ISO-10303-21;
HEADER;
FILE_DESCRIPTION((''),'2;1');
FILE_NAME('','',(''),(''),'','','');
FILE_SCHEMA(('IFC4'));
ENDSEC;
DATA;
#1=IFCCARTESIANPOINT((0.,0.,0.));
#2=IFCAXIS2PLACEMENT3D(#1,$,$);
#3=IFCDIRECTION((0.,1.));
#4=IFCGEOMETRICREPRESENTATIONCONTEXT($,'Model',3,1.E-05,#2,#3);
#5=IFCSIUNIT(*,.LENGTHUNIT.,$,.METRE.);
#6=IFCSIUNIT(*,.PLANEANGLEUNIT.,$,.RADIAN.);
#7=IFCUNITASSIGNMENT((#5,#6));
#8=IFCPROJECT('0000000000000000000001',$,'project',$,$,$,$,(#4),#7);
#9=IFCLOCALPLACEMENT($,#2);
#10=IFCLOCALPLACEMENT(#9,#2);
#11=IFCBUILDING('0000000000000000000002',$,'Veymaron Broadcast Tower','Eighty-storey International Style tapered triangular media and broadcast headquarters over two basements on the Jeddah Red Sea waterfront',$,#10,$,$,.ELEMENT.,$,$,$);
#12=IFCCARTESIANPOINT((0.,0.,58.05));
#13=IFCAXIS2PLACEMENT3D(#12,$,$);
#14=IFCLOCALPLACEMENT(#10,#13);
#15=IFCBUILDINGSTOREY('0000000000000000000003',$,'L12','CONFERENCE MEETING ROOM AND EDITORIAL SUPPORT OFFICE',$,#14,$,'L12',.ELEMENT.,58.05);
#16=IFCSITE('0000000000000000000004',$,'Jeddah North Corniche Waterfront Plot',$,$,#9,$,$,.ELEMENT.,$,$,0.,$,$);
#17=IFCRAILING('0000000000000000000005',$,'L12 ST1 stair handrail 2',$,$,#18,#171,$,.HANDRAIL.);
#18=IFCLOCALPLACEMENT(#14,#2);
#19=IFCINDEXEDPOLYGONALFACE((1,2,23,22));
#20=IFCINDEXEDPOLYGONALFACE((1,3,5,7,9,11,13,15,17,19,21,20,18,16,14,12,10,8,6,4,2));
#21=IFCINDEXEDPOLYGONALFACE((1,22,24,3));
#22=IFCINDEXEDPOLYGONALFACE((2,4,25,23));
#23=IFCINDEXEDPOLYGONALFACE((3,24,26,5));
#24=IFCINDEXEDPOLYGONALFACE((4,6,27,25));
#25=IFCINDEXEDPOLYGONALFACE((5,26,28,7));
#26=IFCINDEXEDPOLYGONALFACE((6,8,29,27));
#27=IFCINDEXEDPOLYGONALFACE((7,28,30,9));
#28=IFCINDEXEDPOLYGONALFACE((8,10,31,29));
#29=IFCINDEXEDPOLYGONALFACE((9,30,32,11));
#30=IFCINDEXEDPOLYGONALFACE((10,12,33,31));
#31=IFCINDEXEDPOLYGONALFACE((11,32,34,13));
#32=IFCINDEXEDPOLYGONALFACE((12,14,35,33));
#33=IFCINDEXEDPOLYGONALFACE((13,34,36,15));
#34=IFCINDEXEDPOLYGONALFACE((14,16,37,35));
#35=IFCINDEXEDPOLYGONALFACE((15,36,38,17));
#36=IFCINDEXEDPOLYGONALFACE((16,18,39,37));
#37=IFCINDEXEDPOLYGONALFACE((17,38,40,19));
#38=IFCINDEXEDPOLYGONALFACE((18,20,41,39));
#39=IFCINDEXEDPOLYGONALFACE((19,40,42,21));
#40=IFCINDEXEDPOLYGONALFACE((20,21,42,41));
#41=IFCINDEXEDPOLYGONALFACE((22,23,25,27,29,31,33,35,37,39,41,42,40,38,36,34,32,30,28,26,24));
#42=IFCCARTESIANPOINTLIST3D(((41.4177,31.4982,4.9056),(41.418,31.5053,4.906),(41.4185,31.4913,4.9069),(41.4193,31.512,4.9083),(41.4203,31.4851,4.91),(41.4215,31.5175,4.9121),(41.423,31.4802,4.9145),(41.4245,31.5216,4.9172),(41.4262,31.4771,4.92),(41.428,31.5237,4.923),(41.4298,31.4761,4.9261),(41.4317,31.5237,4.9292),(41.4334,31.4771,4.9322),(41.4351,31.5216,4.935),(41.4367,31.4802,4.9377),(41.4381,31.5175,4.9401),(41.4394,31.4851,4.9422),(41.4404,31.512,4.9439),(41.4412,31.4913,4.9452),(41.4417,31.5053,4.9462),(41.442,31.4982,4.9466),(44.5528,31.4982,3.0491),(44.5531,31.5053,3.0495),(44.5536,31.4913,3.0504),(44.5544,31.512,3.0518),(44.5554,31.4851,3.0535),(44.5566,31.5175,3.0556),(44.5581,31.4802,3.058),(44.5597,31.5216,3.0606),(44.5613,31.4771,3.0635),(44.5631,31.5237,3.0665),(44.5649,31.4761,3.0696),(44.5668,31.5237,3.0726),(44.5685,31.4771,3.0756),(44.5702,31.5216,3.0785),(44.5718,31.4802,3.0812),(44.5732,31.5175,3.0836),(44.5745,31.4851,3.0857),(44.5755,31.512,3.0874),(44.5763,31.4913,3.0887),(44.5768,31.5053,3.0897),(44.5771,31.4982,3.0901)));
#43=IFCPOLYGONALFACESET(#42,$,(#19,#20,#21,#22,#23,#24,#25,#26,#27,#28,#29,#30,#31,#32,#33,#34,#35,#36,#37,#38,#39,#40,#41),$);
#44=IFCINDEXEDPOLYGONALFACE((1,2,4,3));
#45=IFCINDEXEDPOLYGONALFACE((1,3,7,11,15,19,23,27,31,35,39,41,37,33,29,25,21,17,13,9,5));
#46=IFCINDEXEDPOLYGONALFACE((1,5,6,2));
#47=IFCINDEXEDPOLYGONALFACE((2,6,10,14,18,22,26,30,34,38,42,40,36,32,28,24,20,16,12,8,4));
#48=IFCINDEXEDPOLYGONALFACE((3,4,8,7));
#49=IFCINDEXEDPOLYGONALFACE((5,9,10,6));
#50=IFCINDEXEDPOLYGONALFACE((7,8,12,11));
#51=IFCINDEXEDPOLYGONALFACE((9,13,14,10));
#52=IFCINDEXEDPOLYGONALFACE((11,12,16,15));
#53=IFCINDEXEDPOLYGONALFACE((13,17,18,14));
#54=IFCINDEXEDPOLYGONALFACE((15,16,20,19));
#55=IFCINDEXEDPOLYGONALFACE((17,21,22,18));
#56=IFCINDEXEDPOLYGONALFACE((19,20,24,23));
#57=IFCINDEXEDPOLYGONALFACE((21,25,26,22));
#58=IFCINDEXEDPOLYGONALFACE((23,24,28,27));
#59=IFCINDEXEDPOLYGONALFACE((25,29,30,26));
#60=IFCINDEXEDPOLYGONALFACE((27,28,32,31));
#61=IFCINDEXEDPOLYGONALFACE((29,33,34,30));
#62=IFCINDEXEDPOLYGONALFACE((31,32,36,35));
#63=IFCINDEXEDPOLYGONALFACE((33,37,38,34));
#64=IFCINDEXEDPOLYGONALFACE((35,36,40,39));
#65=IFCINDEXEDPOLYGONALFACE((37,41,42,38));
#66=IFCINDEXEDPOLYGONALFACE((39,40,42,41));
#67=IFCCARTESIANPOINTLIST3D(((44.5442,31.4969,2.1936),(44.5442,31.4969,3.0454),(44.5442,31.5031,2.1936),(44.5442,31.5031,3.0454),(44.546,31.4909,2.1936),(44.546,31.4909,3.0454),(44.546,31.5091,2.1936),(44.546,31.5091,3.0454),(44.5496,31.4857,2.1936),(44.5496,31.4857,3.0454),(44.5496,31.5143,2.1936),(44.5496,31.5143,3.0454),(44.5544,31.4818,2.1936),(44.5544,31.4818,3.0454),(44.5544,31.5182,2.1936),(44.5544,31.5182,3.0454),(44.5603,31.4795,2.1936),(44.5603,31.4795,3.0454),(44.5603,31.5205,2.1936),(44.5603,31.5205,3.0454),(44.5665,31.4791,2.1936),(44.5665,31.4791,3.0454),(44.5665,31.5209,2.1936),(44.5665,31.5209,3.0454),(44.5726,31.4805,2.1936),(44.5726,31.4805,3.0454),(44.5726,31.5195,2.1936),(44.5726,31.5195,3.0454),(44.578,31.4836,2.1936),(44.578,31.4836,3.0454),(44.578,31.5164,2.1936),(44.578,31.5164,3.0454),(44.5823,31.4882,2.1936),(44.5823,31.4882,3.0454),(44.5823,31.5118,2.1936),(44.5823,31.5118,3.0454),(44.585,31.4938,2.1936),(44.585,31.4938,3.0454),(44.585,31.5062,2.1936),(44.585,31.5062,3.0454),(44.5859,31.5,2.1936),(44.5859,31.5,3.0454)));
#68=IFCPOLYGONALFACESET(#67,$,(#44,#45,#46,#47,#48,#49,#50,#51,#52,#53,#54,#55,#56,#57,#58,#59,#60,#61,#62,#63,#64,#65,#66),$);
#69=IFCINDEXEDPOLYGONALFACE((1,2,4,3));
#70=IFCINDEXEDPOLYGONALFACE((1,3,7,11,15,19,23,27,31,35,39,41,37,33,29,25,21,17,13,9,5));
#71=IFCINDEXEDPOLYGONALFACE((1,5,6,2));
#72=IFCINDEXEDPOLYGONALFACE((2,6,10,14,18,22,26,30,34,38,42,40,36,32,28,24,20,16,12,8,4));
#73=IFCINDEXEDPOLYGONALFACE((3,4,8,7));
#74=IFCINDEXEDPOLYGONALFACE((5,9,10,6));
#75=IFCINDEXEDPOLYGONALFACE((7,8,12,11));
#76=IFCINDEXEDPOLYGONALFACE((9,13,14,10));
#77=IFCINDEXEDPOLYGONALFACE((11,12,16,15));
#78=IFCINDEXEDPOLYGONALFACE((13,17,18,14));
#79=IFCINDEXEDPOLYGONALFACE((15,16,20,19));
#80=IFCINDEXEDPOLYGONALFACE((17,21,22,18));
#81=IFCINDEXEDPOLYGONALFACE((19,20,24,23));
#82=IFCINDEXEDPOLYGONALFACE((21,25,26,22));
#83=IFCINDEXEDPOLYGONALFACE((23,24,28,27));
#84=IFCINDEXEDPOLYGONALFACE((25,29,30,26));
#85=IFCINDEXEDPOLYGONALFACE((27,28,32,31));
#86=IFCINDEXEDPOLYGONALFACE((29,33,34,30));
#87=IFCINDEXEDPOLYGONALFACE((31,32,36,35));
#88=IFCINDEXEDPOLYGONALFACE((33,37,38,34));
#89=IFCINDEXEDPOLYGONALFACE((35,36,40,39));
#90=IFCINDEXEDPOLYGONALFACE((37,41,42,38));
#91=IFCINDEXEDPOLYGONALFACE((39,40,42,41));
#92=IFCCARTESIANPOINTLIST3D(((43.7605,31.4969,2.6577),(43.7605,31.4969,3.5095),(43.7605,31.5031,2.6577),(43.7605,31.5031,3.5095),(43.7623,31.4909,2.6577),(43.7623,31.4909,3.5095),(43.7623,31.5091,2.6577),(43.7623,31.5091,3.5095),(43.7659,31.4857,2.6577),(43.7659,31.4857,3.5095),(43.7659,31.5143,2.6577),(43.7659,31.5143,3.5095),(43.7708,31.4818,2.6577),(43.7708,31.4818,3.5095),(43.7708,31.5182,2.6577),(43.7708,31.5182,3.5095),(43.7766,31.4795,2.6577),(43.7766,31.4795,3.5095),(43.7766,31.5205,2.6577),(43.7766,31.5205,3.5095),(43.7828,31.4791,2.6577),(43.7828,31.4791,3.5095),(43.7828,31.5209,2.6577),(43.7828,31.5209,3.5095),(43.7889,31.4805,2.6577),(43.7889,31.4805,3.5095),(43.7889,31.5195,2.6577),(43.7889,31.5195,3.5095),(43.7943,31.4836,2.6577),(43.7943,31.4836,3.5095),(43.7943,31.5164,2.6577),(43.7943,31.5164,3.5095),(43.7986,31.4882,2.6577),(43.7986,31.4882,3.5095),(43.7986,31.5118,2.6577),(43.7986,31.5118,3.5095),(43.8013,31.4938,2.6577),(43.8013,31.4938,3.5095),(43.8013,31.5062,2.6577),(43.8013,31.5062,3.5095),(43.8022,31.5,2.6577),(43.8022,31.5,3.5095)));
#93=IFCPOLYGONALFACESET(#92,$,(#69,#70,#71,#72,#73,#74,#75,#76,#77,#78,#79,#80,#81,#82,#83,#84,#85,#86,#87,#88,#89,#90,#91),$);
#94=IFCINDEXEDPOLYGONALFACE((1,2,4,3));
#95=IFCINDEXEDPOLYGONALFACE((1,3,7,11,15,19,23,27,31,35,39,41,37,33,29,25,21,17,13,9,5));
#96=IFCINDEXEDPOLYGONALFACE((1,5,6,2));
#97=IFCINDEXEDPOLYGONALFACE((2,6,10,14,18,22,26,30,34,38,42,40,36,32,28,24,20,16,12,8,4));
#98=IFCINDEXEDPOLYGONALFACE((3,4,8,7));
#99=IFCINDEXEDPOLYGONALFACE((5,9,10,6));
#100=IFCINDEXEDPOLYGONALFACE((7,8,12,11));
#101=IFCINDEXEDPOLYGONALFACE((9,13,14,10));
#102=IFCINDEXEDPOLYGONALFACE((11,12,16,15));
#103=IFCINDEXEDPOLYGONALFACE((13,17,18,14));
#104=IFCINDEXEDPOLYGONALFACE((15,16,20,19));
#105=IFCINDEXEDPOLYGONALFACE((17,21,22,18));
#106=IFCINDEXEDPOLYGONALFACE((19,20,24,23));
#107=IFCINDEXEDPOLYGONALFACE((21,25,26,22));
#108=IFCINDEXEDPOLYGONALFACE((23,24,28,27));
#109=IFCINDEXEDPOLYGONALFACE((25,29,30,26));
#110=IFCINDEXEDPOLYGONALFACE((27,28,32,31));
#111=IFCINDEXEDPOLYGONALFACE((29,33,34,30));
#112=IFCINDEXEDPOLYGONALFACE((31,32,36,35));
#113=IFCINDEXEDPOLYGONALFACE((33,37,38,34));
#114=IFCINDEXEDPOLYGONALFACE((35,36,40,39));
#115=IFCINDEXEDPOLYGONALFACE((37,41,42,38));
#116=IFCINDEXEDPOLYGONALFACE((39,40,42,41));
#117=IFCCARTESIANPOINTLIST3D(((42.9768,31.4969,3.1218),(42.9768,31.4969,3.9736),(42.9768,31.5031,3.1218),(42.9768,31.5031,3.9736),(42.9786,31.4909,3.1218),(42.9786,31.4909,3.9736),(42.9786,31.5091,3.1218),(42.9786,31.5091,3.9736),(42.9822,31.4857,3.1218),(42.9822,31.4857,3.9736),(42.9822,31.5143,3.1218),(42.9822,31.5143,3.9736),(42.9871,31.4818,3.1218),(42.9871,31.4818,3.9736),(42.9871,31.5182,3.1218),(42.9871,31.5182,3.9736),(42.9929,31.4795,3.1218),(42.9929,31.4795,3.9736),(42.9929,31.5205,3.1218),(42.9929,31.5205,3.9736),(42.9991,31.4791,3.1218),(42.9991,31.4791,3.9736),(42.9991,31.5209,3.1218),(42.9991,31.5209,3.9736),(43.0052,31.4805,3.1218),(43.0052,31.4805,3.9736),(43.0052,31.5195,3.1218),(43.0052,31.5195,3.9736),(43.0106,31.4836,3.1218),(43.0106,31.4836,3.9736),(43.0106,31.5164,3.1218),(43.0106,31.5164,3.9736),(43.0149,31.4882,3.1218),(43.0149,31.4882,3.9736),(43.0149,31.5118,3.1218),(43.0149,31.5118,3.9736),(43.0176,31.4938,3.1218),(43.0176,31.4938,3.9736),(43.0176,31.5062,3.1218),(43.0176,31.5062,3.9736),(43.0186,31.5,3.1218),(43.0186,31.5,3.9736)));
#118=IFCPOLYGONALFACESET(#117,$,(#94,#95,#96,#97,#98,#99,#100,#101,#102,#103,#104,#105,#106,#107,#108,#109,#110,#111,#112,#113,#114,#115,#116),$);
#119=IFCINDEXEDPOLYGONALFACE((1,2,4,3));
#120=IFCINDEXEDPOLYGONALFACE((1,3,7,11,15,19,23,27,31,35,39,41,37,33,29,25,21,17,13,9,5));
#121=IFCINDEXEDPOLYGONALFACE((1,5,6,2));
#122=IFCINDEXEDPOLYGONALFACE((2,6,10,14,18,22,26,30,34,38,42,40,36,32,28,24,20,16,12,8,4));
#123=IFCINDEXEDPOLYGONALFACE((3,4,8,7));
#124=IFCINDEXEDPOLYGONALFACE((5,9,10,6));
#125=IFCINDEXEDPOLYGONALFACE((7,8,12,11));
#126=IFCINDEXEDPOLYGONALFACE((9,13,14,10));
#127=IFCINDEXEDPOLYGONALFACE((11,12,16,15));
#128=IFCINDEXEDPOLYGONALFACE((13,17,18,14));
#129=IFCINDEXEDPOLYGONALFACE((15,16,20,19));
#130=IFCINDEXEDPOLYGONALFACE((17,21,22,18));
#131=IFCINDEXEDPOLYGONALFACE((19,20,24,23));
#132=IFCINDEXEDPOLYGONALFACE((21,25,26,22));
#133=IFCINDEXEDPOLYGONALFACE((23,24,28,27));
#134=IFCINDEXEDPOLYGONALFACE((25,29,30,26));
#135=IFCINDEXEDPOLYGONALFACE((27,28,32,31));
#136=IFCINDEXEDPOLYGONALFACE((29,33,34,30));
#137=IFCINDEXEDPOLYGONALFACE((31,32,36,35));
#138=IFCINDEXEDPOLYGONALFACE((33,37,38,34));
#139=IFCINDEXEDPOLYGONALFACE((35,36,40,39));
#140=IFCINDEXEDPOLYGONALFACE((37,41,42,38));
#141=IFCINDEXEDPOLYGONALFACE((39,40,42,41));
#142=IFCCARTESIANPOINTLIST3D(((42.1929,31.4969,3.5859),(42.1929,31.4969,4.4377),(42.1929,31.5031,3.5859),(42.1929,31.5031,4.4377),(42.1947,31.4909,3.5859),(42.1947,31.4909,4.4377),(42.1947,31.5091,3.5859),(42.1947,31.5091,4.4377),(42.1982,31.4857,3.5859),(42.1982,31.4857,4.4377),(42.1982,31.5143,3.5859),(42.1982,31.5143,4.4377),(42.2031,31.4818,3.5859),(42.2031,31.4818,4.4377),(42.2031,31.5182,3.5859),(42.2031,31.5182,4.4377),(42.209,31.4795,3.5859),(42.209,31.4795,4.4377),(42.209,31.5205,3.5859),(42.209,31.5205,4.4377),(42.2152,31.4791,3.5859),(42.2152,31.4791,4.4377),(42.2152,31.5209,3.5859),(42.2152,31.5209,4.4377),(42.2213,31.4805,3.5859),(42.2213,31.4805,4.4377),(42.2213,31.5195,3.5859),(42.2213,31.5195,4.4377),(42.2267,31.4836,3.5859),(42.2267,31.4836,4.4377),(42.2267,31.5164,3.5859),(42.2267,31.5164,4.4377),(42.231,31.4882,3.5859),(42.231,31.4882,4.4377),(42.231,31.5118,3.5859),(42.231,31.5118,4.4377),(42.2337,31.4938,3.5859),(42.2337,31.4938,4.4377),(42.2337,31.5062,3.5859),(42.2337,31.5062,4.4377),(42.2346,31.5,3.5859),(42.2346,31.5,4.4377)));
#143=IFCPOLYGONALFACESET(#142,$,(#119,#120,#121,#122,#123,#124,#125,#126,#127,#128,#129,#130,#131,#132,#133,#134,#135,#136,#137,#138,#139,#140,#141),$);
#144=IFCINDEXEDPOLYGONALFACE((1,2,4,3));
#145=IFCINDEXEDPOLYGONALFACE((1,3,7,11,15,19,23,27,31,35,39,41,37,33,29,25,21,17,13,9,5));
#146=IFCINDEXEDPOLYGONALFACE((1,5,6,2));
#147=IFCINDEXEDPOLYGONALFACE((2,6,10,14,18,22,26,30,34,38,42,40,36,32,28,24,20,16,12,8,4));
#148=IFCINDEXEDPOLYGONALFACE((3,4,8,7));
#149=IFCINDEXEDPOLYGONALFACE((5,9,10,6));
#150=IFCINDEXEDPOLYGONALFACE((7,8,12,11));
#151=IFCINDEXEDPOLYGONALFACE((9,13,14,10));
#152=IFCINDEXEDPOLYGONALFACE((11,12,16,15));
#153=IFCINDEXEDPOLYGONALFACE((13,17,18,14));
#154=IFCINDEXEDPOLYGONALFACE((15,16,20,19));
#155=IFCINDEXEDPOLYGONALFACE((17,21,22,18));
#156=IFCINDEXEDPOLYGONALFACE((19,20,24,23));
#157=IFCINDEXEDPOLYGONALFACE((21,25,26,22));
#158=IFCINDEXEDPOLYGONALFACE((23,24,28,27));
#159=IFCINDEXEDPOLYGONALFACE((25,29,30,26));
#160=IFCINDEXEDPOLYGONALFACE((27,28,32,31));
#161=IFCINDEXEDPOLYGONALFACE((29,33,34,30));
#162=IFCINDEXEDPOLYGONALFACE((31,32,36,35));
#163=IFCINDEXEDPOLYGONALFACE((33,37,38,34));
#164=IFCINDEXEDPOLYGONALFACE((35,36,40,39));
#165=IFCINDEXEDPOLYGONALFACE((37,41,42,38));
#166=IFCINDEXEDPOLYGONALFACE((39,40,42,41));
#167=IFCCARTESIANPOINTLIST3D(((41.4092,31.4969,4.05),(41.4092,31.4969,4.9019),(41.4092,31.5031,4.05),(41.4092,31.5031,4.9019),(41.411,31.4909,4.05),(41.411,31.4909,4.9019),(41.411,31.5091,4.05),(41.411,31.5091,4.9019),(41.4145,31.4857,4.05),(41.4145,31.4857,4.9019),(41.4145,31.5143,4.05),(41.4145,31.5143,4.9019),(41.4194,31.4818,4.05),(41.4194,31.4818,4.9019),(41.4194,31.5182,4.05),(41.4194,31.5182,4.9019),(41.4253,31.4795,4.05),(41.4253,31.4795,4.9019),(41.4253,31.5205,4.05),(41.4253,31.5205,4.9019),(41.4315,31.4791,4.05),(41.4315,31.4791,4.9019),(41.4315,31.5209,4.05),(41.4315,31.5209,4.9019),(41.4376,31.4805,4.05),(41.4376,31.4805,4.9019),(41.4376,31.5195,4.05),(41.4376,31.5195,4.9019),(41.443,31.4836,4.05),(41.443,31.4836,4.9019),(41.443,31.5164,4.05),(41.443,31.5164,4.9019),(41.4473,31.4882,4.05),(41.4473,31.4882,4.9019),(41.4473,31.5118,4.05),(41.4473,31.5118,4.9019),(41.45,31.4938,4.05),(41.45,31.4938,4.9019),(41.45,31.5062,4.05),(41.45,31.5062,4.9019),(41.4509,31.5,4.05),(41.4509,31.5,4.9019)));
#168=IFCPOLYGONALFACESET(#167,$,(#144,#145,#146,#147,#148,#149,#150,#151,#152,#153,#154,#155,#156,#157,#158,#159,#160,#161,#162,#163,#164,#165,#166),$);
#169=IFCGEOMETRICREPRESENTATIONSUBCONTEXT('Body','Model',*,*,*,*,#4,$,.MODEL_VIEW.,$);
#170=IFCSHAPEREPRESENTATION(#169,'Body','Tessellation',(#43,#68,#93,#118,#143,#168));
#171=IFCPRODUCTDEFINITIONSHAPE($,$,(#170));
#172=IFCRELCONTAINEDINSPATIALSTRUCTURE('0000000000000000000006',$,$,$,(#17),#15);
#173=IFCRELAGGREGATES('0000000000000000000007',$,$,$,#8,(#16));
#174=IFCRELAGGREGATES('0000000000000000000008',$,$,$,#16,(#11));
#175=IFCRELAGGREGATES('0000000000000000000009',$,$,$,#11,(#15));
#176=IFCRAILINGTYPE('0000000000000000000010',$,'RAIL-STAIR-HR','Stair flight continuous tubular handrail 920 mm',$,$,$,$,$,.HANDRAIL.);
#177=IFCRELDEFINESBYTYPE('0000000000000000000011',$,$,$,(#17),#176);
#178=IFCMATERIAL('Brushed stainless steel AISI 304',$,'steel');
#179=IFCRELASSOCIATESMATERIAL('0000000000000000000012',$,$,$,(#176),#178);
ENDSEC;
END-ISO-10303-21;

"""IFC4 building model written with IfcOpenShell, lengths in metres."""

from ifc_helpers import new_model, si_unit, direction, frame, origin, origin_2d, place, context, subcontext, project, spatial, circle, extrude, material, type_object, element, save


model = new_model("IFC4")

# Units and contexts
model_context = context("Model", 3, precision=1e-05, world=origin(), true_north=direction((0.0, 1.0)))
body_context = subcontext(model_context, "Body", "Model", "MODEL_VIEW")
ifc_project = project(units=[si_unit("LENGTHUNIT", "METRE"), si_unit("PLANEANGLEUNIT", "RADIAN")], contexts=[model_context])

# Site, building, storey
site_placement = place(None, origin())
site = spatial("IfcSite", under=ifc_project, at=site_placement, Name="Jeddah North Corniche Waterfront Plot", CompositionType="ELEMENT", RefElevation=0.0)
building_placement = place(site_placement, origin())
building = spatial("IfcBuilding", under=site, at=building_placement, Name="Veymaron Broadcast Tower", Description="Eighty-storey International Style tapered triangular media and broadcast headquarters over two basements on the Jeddah Red Sea waterfront", CompositionType="ELEMENT")
storey_placement = place(building_placement, frame((0.0, 0.0, 58.05)))
storey = spatial("IfcBuildingStorey", under=building, at=storey_placement, Name="L12", Description="CONFERENCE MEETING ROOM AND EDITORIAL SUPPORT OFFICE", LongName="L12", CompositionType="ELEMENT", Elevation=58.05)

# Railing
ifc_material_1 = material(Name="Brushed stainless steel AISI 304", Category="steel")
railing_type_1 = type_object("IfcRailingType", Name="RAIL-STAIR-HR", Description="Stair flight continuous tubular handrail 920 mm", PredefinedType="HANDRAIL", material=ifc_material_1)
railing_1_placement = place(storey_placement, frame((44.5649, 31.5, 2.1936)))
element("IfcRailing", 1, at=railing_1_placement, inside=storey, type_object=railing_type_1, Name="L12 ST1 stair handrail 2", PredefinedType="HANDRAIL", context=body_context, shape_type="SweptSolid", body=[
    extrude(circle(Radius=0.0239, at=origin_2d()), frame((0.0, 0.0, 0.876), z_axis=(-0.860453, 0.0, 0.509531), x_axis=(0.0, -1.0, 0.0)), (0.0, 0.0, 1.0), 3.6436),
    extrude(circle(Radius=0.021, at=origin_2d()), origin(), (0.0, 0.0, 1.0), 0.8518),
    extrude(circle(Radius=0.021, at=origin_2d()), frame((-0.7837, 0.0, 0.4641)), (0.0, 0.0, 1.0), 0.8518),
    extrude(circle(Radius=0.021, at=origin_2d()), frame((-1.5674, 0.0, 0.9282)), (0.0, 0.0, 1.0), 0.8518),
    extrude(circle(Radius=0.021, at=origin_2d()), frame((-2.3513, 0.0, 1.3923)), (0.0, 0.0, 1.0), 0.8518),
    extrude(circle(Radius=0.021, at=origin_2d()), frame((-3.135, 0.0, 1.8564)), (0.0, 0.0, 1.0), 0.8518),
])

save(model, "model.ifc")
